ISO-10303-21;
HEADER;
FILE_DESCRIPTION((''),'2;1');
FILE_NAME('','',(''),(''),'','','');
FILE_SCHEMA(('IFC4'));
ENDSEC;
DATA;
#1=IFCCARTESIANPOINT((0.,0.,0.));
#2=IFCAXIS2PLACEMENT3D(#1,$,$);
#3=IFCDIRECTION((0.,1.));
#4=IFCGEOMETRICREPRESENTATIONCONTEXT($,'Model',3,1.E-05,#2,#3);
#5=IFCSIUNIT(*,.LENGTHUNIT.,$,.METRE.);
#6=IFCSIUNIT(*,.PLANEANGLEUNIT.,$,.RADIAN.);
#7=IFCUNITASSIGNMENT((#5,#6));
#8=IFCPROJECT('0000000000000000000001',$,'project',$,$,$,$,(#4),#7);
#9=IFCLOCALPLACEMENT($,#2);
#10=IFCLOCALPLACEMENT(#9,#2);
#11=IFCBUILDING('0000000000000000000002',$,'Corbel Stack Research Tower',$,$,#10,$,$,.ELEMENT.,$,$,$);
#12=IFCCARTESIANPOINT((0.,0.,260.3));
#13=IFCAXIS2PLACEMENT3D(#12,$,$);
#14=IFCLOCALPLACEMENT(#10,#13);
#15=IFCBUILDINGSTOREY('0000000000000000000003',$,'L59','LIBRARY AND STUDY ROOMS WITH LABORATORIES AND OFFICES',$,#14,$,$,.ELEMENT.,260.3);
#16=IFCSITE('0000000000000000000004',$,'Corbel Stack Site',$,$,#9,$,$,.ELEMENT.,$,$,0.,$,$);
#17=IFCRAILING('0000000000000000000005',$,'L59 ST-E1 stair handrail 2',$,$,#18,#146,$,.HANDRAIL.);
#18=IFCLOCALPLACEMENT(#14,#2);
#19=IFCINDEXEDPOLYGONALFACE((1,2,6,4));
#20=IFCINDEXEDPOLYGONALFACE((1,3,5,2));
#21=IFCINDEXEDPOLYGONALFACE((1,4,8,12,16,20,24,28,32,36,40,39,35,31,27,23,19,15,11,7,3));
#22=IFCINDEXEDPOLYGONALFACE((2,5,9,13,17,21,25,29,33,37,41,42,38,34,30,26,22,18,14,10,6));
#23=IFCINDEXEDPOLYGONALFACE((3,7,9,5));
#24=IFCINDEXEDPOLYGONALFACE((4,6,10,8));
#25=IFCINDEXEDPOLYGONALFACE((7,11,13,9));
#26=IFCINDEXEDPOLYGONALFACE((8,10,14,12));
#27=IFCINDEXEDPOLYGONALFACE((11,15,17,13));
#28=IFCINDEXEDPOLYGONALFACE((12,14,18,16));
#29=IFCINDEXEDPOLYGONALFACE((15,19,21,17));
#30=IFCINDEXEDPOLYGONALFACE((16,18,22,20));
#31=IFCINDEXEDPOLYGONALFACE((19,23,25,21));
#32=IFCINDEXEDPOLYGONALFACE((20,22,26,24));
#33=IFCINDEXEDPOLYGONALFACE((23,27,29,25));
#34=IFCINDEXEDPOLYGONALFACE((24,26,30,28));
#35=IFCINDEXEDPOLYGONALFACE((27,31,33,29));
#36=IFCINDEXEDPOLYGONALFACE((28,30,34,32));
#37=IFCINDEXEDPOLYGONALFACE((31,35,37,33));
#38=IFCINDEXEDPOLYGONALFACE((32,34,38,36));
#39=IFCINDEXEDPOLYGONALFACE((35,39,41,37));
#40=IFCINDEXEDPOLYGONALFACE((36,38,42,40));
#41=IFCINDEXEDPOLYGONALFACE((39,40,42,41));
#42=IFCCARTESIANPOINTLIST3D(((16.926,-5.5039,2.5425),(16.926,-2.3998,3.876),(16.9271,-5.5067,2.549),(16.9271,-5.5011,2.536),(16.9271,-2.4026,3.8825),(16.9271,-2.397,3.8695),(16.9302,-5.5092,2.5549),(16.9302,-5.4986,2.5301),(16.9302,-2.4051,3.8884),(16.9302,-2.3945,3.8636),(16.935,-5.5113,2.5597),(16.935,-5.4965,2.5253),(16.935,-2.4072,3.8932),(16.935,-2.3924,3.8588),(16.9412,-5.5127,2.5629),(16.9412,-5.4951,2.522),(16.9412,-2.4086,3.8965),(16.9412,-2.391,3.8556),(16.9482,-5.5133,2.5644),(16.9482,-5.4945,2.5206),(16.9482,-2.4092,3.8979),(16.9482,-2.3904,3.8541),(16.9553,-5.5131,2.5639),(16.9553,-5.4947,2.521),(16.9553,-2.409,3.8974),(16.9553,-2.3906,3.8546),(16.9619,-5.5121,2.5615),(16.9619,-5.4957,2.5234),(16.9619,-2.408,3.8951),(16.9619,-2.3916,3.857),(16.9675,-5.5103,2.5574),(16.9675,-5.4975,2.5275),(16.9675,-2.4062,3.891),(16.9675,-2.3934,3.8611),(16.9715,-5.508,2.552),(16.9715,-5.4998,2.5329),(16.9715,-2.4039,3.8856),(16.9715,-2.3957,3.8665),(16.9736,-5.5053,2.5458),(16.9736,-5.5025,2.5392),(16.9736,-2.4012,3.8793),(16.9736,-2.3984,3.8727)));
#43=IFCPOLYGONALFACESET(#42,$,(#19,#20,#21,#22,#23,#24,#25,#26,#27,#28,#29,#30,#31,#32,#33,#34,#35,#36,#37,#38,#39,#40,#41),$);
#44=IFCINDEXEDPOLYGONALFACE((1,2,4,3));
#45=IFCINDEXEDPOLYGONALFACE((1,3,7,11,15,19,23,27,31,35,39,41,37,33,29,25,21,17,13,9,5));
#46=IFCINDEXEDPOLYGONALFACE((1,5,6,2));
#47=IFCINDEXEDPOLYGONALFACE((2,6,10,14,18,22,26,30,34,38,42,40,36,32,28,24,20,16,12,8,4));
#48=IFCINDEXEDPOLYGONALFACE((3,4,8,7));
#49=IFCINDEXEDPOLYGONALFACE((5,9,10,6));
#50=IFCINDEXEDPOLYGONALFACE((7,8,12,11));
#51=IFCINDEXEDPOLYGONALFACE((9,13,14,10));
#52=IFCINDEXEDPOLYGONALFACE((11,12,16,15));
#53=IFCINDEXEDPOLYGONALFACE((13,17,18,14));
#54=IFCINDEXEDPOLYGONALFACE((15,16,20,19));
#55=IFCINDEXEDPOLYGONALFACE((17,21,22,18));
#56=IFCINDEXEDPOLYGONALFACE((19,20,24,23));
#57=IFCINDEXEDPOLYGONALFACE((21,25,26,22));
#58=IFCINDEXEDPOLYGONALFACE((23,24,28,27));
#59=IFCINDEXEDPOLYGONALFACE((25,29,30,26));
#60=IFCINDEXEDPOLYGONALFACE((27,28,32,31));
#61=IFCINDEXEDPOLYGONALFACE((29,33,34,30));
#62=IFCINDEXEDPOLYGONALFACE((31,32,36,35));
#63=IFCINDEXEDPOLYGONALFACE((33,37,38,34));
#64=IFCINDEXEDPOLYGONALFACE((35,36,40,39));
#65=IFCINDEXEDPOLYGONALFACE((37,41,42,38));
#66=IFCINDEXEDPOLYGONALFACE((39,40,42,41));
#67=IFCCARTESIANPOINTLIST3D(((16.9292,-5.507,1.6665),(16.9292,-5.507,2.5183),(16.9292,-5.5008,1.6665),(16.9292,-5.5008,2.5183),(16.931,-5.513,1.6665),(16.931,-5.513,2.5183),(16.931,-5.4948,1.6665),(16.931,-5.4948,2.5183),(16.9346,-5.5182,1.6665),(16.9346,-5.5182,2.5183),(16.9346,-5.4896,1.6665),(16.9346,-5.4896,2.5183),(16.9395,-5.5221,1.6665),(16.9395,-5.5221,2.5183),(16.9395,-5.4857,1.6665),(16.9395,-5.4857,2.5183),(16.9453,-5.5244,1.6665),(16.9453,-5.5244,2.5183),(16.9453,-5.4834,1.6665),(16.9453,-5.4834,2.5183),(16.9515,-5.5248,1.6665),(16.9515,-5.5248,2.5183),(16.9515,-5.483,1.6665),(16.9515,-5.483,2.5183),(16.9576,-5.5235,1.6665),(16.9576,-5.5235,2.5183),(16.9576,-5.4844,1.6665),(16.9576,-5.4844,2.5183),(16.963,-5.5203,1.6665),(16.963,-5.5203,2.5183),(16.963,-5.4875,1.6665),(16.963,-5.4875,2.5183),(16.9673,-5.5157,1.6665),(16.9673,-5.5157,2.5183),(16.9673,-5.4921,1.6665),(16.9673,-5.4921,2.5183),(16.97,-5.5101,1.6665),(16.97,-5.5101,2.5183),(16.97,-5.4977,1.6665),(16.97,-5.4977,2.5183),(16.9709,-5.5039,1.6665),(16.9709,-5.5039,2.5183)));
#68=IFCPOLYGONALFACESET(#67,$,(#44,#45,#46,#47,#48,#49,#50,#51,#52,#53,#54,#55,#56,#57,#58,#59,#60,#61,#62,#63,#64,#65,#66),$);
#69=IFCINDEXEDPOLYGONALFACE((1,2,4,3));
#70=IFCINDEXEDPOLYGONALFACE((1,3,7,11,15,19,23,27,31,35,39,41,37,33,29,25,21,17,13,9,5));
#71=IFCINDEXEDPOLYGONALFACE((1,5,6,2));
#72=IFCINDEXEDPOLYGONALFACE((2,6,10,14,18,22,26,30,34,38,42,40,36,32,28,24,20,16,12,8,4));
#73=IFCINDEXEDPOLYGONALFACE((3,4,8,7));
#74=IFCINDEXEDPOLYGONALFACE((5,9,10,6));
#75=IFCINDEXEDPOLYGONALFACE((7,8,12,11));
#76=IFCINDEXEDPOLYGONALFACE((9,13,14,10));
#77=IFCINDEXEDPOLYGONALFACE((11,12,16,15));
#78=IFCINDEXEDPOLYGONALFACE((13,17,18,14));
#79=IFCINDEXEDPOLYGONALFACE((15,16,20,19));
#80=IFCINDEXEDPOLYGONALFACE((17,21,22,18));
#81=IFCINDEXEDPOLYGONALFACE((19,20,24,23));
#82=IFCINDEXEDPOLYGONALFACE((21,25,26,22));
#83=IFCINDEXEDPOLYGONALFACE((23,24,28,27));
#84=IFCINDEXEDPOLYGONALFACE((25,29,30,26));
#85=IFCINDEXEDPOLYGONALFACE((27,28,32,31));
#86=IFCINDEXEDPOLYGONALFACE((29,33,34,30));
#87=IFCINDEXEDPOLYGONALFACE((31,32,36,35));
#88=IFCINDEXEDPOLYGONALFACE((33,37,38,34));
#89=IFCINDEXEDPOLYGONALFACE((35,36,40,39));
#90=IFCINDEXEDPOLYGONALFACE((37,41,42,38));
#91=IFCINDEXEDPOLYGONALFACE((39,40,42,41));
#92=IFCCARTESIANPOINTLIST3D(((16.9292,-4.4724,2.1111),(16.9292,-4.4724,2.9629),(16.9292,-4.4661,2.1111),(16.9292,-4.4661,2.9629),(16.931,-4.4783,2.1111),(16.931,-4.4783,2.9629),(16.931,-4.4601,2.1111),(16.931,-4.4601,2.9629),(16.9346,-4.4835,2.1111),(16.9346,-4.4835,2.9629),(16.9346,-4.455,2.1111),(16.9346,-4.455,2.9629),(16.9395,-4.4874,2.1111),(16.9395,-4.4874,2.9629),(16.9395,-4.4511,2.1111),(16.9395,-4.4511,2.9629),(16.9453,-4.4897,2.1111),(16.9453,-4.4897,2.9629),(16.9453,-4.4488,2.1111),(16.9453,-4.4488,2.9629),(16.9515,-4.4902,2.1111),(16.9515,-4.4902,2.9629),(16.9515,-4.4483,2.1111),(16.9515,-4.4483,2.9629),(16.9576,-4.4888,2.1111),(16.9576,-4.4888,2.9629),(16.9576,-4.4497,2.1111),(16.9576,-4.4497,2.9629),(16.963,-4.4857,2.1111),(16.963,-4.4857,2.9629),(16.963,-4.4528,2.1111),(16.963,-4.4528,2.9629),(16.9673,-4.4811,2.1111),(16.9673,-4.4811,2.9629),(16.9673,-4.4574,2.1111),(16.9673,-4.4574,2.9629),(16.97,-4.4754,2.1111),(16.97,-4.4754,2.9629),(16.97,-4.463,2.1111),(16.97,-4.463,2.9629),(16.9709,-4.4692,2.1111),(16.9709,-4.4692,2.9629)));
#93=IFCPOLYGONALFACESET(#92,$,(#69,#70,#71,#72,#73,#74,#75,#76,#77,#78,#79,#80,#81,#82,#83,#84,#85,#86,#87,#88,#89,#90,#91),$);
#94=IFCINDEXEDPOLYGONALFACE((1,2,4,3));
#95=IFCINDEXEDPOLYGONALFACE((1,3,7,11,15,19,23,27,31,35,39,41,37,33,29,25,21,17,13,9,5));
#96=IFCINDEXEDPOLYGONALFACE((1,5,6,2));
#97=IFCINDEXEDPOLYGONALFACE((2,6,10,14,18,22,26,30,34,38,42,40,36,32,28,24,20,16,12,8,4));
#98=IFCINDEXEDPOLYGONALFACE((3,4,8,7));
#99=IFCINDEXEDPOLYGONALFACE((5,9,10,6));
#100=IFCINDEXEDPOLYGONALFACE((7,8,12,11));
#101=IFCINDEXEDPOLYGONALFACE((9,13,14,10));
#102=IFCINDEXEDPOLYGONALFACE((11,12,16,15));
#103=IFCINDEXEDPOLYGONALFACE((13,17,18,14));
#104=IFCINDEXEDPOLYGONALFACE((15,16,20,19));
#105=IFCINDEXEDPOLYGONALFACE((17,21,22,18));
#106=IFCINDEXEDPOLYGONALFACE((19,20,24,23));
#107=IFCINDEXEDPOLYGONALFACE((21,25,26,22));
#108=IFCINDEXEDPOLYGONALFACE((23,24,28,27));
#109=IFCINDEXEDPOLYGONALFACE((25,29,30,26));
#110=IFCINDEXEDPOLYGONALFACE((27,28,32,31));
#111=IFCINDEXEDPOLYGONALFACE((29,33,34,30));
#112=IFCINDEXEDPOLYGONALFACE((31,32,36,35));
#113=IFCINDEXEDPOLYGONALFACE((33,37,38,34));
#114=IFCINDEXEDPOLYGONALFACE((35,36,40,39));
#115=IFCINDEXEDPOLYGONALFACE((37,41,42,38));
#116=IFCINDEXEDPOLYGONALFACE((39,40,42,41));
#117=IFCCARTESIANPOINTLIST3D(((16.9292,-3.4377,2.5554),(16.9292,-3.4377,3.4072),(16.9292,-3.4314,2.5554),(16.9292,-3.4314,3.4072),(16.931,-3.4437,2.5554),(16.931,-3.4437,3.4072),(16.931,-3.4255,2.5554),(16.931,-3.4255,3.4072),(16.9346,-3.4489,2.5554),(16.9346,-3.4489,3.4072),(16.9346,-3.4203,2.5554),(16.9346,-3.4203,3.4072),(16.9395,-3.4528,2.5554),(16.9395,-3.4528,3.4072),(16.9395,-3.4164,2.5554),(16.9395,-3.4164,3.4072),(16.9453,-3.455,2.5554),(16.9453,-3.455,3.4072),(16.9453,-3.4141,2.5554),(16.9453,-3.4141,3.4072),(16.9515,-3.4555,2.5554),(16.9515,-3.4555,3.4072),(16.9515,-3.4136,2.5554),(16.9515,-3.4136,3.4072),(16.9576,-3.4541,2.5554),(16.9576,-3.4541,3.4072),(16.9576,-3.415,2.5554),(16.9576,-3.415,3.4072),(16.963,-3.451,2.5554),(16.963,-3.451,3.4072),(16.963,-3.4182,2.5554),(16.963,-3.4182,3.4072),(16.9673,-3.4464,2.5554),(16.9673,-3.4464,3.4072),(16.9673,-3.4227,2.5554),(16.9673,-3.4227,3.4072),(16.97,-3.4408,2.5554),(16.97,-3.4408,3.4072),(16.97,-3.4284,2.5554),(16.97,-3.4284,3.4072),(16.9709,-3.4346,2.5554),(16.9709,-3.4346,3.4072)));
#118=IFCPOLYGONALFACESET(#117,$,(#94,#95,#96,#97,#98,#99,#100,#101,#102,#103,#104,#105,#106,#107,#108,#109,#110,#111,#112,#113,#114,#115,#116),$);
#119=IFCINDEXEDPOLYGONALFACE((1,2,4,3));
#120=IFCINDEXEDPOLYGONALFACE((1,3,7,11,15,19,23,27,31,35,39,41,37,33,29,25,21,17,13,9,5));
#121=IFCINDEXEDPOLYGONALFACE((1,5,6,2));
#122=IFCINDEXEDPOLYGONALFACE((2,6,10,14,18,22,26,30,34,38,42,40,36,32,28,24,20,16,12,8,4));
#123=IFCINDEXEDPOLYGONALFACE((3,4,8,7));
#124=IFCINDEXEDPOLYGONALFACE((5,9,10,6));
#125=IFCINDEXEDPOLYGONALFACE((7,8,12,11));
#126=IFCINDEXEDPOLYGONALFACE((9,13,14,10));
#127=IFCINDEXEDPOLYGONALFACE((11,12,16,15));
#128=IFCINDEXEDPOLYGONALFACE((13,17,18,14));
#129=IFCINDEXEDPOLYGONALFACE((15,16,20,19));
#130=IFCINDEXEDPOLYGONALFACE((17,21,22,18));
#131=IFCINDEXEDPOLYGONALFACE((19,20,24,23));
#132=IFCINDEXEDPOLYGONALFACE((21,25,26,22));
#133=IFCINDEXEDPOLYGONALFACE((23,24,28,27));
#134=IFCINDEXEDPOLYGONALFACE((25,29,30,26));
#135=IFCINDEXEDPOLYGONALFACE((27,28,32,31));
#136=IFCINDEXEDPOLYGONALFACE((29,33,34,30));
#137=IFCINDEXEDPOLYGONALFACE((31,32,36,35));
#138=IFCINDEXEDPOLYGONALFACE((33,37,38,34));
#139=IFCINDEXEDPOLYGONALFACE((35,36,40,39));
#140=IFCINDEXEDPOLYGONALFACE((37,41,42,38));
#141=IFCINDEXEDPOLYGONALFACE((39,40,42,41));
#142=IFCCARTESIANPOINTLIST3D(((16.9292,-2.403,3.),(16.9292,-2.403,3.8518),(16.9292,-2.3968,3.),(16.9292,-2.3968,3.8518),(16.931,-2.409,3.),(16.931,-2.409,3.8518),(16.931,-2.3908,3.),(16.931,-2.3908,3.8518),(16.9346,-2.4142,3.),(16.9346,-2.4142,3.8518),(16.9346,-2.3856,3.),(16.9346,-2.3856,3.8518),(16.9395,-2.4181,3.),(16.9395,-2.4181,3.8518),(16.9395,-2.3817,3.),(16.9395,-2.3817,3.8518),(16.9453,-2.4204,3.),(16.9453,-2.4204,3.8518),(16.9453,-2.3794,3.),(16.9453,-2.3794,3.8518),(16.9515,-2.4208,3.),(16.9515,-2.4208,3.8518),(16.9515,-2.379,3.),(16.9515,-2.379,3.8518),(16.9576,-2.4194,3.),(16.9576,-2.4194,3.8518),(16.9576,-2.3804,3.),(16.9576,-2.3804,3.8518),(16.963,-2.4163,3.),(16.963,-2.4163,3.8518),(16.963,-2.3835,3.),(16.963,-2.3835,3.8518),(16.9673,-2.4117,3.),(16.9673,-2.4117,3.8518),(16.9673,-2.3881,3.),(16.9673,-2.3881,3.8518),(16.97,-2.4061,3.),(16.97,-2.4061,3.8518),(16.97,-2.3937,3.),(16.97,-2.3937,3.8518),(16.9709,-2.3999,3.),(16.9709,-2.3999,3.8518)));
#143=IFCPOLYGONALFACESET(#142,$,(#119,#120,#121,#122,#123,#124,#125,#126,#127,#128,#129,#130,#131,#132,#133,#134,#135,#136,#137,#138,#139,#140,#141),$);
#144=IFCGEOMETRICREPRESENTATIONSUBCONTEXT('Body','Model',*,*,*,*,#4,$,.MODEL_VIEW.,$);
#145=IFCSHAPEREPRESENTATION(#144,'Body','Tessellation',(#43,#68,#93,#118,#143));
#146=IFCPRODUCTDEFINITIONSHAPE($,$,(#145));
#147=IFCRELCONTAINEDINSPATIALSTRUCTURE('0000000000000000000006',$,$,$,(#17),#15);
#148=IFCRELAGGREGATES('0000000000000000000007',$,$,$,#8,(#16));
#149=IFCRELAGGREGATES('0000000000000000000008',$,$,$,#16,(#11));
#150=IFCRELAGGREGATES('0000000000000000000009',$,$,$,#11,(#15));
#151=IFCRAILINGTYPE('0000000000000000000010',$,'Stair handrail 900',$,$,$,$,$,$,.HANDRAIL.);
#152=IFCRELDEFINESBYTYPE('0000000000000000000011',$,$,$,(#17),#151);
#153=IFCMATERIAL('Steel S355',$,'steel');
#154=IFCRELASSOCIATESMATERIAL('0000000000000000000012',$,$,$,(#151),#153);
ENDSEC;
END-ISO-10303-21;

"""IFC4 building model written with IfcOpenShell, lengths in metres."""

from ifc_helpers import new_model, si_unit, direction, frame, origin, origin_2d, place, context, subcontext, project, spatial, circle, extrude, material, type_object, element, save


model = new_model("IFC4")

# Units and contexts
model_context = context("Model", 3, precision=1e-05, world=origin(), true_north=direction((0.0, 1.0)))
body_context = subcontext(model_context, "Body", "Model", "MODEL_VIEW")
ifc_project = project(units=[si_unit("LENGTHUNIT", "METRE"), si_unit("PLANEANGLEUNIT", "RADIAN")], contexts=[model_context])

# Site, building, storey
site_placement = place(None, origin())
site = spatial("IfcSite", under=ifc_project, at=site_placement, Name="Corbel Stack Site", CompositionType="ELEMENT", RefElevation=0.0)
building_placement = place(site_placement, origin())
building = spatial("IfcBuilding", under=site, at=building_placement, Name="Corbel Stack Research Tower", CompositionType="ELEMENT")
storey_placement = place(building_placement, frame((0.0, 0.0, 260.3)))
storey = spatial("IfcBuildingStorey", under=building, at=storey_placement, Name="L59", Description="LIBRARY AND STUDY ROOMS WITH LABORATORIES AND OFFICES", CompositionType="ELEMENT", Elevation=260.3)

# Railing
ifc_material_1 = material(Name="Steel S355", Category="steel")
railing_type_1 = type_object("IfcRailingType", Name="Stair handrail 900", PredefinedType="HANDRAIL", material=ifc_material_1)
railing_1_placement = place(storey_placement, frame((16.95, -5.5039, 1.6665)))
element("IfcRailing", 1, at=railing_1_placement, inside=storey, type_object=railing_type_1, Name="L59 ST-E1 stair handrail 2", PredefinedType="HANDRAIL", context=body_context, shape_type="SweptSolid", body=[
    extrude(circle(Radius=0.0239, at=origin_2d()), frame((0.0, 0.0, 0.876), z_axis=(0.0, 0.918801, 0.394722), x_axis=(-1.0, 0.0, 0.0)), (0.0, 0.0, 1.0), 3.3784),
    extrude(circle(Radius=0.021, at=origin_2d()), origin(), (0.0, 0.0, 1.0), 0.8518),
    extrude(circle(Radius=0.021, at=origin_2d()), frame((0.0, 1.0347, 0.4446)), (0.0, 0.0, 1.0), 0.8518),
    extrude(circle(Radius=0.021, at=origin_2d()), frame((0.0, 2.0693, 0.8889)), (0.0, 0.0, 1.0), 0.8518),
    extrude(circle(Radius=0.021, at=origin_2d()), frame((0.0, 3.104, 1.3335)), (0.0, 0.0, 1.0), 0.8518),
])

save(model, "model.ifc")
